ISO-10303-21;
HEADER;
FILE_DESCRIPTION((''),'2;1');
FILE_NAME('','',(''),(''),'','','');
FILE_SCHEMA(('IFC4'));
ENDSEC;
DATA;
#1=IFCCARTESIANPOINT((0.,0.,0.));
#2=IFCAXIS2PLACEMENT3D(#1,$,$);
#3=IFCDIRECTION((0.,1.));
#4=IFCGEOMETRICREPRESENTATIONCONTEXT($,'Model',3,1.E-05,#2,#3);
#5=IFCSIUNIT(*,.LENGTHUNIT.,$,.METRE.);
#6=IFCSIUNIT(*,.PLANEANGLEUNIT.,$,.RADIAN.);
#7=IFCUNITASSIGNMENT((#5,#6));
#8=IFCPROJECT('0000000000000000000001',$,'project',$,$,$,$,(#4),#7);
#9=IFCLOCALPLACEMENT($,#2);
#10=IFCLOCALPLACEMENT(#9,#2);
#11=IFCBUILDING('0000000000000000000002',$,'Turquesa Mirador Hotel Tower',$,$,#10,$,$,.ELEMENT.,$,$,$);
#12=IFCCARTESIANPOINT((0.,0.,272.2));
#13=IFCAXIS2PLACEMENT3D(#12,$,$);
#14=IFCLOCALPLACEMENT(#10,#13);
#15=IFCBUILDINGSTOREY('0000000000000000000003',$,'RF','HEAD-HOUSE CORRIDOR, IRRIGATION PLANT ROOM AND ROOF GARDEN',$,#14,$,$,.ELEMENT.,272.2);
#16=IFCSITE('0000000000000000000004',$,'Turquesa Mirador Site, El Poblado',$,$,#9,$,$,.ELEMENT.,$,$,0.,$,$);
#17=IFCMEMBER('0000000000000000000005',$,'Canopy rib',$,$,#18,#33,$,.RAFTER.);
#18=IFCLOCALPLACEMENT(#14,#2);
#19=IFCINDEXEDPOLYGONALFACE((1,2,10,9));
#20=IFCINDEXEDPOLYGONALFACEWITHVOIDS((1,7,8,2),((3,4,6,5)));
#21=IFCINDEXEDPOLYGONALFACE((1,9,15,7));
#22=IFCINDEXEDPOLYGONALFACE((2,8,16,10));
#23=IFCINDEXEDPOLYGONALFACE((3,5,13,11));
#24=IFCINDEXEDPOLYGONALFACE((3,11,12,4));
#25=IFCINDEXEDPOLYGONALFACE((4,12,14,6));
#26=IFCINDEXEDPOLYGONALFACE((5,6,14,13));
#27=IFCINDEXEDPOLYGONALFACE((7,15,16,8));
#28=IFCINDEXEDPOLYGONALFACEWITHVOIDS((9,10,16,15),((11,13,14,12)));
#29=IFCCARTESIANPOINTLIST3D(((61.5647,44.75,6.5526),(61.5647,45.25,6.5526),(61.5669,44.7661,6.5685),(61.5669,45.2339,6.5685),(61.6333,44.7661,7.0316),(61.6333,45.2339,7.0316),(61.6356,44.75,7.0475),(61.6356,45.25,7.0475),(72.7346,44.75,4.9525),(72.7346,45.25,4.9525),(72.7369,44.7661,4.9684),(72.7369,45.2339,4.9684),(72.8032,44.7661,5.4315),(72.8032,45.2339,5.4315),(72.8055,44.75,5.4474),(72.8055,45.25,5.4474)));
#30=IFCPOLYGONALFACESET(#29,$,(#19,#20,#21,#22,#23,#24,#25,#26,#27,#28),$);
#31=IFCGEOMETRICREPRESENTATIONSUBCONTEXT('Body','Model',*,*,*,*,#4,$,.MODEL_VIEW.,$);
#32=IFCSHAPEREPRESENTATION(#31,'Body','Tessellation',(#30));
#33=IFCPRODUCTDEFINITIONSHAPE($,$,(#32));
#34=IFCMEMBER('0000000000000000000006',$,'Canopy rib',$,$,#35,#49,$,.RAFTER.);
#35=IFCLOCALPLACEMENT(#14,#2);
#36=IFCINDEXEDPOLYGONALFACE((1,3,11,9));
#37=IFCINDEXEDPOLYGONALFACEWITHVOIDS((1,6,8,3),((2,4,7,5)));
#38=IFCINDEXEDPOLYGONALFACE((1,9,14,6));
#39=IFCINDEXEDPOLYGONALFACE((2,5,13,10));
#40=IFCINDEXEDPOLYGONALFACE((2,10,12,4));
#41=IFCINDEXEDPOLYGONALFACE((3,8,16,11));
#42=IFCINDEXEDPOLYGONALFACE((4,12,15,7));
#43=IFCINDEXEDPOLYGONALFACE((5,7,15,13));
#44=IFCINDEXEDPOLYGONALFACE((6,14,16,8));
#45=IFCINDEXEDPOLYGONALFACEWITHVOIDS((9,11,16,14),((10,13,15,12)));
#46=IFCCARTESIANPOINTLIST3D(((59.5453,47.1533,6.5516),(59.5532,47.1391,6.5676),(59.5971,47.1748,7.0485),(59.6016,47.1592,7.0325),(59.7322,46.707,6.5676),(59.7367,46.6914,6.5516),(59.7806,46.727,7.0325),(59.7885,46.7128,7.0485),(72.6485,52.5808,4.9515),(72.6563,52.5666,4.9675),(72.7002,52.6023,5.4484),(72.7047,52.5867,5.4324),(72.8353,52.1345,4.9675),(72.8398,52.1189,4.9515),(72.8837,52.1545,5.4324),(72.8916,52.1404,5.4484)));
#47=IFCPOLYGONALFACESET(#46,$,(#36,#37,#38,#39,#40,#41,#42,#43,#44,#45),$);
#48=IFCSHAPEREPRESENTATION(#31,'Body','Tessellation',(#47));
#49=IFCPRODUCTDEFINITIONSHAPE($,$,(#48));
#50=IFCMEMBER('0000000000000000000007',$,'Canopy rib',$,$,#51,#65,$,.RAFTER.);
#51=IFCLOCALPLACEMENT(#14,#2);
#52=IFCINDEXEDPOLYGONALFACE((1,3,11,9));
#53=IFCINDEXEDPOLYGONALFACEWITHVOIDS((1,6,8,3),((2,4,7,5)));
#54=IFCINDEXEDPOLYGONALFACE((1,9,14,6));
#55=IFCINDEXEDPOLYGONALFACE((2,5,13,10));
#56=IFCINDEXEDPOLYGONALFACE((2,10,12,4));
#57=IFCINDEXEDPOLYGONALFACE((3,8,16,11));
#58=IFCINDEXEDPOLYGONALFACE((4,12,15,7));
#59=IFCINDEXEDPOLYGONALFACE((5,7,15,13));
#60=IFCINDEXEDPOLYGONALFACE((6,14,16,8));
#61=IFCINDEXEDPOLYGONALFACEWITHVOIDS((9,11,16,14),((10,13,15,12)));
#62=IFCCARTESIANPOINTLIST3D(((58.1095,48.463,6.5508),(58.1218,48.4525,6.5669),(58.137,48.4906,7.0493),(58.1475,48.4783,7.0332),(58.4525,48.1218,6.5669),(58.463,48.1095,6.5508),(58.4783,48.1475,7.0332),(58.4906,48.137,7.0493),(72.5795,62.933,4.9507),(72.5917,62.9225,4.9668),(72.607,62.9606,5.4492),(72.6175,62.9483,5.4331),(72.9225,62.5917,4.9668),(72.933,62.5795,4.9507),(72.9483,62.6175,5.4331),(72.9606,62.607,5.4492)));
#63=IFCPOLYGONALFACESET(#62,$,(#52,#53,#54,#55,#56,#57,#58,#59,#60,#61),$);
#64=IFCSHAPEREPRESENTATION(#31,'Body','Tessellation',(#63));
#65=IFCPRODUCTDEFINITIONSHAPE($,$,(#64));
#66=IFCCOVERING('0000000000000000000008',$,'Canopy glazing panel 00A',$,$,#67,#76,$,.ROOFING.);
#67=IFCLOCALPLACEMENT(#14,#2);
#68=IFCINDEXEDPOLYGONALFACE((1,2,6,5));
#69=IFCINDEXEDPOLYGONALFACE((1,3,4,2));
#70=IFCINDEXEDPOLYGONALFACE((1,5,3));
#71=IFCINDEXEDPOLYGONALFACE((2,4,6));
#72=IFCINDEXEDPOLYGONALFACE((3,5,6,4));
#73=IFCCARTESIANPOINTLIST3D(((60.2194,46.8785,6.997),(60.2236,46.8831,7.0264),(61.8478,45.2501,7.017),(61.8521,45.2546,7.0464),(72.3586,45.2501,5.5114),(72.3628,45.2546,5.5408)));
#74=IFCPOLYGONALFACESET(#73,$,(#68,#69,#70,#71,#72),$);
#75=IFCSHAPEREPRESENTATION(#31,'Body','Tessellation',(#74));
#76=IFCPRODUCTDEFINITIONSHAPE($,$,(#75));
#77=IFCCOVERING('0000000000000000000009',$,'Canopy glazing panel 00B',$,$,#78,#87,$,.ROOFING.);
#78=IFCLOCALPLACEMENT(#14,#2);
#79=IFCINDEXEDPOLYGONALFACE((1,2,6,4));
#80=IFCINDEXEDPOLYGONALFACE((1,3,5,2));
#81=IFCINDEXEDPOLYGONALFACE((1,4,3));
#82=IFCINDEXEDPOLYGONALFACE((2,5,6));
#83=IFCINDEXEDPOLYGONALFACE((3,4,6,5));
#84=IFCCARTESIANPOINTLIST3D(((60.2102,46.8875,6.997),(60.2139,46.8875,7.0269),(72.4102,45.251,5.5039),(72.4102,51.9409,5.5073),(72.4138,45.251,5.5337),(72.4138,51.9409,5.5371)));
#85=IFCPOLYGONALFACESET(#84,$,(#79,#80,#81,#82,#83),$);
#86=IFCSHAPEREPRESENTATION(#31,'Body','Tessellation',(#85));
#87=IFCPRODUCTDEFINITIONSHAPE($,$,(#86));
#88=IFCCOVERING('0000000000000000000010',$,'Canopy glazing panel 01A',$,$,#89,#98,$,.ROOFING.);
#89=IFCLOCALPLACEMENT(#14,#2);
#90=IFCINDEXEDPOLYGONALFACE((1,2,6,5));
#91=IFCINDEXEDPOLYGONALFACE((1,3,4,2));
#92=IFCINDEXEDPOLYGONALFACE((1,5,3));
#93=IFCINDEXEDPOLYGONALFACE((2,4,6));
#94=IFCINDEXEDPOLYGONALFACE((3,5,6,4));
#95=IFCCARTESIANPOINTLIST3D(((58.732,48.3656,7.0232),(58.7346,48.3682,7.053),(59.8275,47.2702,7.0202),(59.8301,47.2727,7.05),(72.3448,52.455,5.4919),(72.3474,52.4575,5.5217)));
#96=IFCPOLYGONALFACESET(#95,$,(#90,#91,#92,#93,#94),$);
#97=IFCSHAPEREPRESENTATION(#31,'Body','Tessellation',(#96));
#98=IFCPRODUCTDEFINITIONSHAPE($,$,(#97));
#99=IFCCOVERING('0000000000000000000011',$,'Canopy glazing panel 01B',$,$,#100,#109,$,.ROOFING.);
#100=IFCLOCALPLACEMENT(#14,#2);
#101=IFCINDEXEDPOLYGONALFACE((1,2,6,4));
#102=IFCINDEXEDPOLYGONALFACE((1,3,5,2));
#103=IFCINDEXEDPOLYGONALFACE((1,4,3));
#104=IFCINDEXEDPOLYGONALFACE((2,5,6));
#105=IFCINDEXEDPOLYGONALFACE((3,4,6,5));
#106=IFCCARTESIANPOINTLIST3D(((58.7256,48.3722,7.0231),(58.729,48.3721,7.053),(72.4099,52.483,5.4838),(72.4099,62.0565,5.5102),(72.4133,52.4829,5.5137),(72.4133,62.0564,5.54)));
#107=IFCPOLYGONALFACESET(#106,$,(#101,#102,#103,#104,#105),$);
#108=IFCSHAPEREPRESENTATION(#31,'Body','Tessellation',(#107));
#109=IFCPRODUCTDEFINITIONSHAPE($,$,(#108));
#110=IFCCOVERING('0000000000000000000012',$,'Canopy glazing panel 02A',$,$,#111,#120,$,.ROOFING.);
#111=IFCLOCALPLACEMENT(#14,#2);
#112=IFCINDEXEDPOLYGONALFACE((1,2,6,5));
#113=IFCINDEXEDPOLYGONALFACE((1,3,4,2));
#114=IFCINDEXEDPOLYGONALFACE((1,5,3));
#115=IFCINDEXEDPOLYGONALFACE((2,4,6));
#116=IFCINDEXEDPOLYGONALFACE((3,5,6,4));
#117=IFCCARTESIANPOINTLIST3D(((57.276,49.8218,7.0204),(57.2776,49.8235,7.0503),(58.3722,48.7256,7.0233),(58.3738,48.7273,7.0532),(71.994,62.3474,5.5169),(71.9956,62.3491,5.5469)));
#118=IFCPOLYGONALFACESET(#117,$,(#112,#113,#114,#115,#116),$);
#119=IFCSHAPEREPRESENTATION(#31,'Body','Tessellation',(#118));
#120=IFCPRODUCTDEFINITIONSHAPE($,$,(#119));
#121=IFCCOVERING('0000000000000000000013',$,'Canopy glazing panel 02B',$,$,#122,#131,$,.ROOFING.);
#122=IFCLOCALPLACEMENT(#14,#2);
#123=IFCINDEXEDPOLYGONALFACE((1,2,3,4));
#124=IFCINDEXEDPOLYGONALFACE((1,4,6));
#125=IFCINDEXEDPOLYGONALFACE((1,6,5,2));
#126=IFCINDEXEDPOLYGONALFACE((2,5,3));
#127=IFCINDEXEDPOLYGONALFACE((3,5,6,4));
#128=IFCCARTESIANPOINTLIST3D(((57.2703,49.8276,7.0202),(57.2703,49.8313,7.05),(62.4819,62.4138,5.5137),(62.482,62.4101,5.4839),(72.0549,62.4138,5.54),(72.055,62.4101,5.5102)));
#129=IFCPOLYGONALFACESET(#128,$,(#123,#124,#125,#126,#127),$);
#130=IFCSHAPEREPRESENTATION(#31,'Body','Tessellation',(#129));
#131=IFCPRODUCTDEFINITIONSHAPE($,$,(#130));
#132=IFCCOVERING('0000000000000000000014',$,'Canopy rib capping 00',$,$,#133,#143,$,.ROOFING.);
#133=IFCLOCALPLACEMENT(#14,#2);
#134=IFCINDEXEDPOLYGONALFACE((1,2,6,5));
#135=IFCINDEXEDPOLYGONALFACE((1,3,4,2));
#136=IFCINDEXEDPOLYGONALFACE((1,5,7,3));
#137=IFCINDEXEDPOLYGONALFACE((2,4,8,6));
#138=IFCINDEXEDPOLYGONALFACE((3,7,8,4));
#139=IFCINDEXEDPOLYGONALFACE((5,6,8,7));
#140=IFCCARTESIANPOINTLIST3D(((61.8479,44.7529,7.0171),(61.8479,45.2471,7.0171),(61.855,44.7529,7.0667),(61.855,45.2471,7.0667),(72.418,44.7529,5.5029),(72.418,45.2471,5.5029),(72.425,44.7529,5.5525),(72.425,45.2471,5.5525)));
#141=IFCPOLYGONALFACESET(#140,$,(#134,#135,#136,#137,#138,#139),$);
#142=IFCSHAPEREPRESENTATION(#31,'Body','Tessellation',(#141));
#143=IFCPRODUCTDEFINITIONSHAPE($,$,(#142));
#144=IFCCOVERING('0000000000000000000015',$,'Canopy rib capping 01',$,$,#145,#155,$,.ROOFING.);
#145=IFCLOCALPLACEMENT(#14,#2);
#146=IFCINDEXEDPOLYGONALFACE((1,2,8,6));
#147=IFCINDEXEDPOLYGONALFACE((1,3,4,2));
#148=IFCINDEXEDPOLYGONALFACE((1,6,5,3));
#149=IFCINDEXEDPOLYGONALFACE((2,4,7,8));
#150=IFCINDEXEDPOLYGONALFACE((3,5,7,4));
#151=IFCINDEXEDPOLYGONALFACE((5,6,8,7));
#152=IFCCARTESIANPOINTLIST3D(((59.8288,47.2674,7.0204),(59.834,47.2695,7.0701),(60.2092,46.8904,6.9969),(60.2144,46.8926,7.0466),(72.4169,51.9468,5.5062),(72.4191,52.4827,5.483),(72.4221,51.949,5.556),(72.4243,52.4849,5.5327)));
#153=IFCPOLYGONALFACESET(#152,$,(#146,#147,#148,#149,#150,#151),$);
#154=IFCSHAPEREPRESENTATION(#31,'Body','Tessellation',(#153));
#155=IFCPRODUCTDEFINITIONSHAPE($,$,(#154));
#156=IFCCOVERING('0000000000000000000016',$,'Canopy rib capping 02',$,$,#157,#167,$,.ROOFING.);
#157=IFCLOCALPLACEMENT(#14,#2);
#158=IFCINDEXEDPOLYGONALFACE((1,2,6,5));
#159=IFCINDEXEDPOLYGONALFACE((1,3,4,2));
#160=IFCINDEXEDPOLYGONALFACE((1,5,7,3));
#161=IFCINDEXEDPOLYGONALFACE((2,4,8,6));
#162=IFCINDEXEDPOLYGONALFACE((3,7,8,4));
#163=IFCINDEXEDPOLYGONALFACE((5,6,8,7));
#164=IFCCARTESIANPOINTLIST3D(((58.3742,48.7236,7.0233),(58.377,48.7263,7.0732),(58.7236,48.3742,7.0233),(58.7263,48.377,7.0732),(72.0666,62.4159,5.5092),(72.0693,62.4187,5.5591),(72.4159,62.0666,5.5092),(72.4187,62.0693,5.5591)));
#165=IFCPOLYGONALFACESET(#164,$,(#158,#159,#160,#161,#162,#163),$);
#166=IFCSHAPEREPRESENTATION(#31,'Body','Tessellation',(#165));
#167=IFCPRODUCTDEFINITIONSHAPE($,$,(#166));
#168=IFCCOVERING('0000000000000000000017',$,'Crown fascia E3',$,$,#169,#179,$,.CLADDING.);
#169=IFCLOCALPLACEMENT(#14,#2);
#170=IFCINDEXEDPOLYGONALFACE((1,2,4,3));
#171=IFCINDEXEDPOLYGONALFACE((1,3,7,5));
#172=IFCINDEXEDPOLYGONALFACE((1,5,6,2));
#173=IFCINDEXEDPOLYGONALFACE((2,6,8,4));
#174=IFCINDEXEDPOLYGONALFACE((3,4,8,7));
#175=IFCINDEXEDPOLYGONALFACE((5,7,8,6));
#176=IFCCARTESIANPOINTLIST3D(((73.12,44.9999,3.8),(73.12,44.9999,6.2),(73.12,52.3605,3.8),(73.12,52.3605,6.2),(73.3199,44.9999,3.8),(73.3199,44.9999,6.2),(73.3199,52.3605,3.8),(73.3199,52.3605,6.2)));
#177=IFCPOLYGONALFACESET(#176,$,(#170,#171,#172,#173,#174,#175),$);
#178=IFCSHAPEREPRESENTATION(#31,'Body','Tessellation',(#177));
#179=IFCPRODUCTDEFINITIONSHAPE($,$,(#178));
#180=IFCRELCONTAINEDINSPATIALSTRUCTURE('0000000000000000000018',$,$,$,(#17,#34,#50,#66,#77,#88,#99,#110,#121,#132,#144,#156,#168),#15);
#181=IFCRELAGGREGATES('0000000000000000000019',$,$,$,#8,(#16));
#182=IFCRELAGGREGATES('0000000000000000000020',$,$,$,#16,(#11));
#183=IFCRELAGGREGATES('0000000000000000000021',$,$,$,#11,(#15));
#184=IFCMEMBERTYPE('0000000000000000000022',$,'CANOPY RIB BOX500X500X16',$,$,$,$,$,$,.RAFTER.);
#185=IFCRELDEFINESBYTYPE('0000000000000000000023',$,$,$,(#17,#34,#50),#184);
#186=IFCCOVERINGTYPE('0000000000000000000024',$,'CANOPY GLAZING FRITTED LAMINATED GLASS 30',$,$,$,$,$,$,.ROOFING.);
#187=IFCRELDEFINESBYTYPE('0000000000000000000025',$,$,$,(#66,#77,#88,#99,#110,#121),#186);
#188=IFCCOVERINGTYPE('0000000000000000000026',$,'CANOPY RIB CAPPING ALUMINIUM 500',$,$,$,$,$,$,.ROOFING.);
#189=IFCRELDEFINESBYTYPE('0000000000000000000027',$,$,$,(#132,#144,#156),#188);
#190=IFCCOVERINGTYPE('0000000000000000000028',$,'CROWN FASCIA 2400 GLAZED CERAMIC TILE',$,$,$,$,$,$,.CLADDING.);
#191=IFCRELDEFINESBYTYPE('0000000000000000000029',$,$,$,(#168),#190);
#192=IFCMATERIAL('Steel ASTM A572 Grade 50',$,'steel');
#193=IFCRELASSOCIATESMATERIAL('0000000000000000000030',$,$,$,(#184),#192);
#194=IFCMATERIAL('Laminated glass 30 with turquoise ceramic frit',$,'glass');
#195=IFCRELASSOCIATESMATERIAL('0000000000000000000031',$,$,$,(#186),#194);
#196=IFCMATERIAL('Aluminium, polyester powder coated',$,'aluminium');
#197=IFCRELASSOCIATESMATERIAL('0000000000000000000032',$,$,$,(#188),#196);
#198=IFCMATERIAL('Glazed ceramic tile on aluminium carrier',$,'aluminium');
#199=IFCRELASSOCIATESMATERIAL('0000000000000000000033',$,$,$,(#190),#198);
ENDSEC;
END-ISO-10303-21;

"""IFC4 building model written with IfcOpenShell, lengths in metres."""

from ifc_helpers import new_model, si_unit, direction, frame, origin, origin_2d, place, context, subcontext, project, spatial, polyline, rectangle, hollow_rectangle, outline, extrude, material, material_profile, profile_set, type_object, element, save


model = new_model("IFC4")

# Units and contexts
model_context = context("Model", 3, precision=1e-05, world=origin(), true_north=direction((0.0, 1.0)))
body_context = subcontext(model_context, "Body", "Model", "MODEL_VIEW")
ifc_project = project(units=[si_unit("LENGTHUNIT", "METRE"), si_unit("PLANEANGLEUNIT", "RADIAN")], contexts=[model_context])

# Site, building, storey
site_placement = place(None, origin())
site = spatial("IfcSite", under=ifc_project, at=site_placement, Name="Turquesa Mirador Site, El Poblado", CompositionType="ELEMENT", RefElevation=0.0)
building_placement = place(site_placement, origin())
building = spatial("IfcBuilding", under=site, at=building_placement, Name="Turquesa Mirador Hotel Tower", CompositionType="ELEMENT")
storey_placement = place(building_placement, frame((0.0, 0.0, 272.2)))
storey = spatial("IfcBuildingStorey", under=building, at=storey_placement, Name="RF", Description="HEAD-HOUSE CORRIDOR, IRRIGATION PLANT ROOM AND ROOF GARDEN", CompositionType="ELEMENT", Elevation=272.2)

# Members
ifc_material_1 = material(Name="Steel ASTM A572 Grade 50", Category="steel")
ifc_material_profile_1 = material_profile(ifc_material_1, hollow_rectangle(XDim=0.5, YDim=0.5, WallThickness=0.0161, at=origin_2d()), Name="BOX500X500X16")
ifc_profile_set_1 = profile_set([ifc_material_profile_1], Name="Steel ASTM A572 Grade 50")
member_type_1 = type_object("IfcMemberType", Name="CANOPY RIB BOX500X500X16", PredefinedType="RAFTER", material=ifc_profile_set_1)
member_1_placement = place(storey_placement, frame((72.77, 45.0, 5.2), z_axis=(-0.989895, 0.0, 0.141803), x_axis=(0.0, -1.0, 0.0)))
element("IfcMember", 1, at=member_1_placement, inside=storey, type_object=member_type_1, Name="Canopy rib", PredefinedType="RAFTER", context=body_context, shape_type="SweptSolid", body=[
    extrude(hollow_rectangle(XDim=0.5, YDim=0.5, WallThickness=0.0161, at=origin_2d()), origin(), (0.0, 0.0, 1.0), 11.2839),
])
member_2_placement = place(storey_placement, frame((72.77, 52.3606, 5.2), z_axis=(-0.918054, -0.380273, 0.11211), x_axis=(0.382686, -0.923879, 0.0)))
element("IfcMember", 2, at=member_2_placement, inside=storey, type_object=member_type_1, Name="Canopy rib", PredefinedType="RAFTER", context=body_context, shape_type="SweptSolid", body=[
    extrude(hollow_rectangle(XDim=0.5, YDim=0.5, WallThickness=0.0161, at=origin_2d()), origin(), (0.0, 0.0, 1.0), 14.2727),
])
member_3_placement = place(storey_placement, frame((72.77, 62.77, 5.2), z_axis=(-0.704955, -0.704955, 0.077954), x_axis=(0.707107, -0.707107, 0.0)))
element("IfcMember", 3, at=member_3_placement, inside=storey, type_object=member_type_1, Name="Canopy rib", PredefinedType="RAFTER", context=body_context, shape_type="SweptSolid", body=[
    extrude(hollow_rectangle(XDim=0.5, YDim=0.5, WallThickness=0.0161, at=origin_2d()), origin(), (0.0, 0.0, 1.0), 20.5261),
])

# Coverings
ifc_material_2 = material(Name="Laminated glass 30 with turquoise ceramic frit", Category="glass")
covering_type_1 = type_object("IfcCoveringType", Name="CANOPY GLAZING FRITTED LAMINATED GLASS 30", PredefinedType="ROOFING", material=ifc_material_2)
covering_1_placement = place(storey_placement, frame((72.3628, 45.2546, 5.5408), z_axis=(0.140147, 0.152174, 0.978367), x_axis=(-0.989896, 0.0, 0.141798)))
element("IfcCovering", 4, at=covering_1_placement, inside=storey, type_object=covering_type_1, Name="Canopy glazing panel 00A", PredefinedType="ROOFING", context=body_context, shape_type="SweptSolid", body=[
    extrude(outline(polyline([(0.0, 0.0), (10.618, 0.0), (12.2272, -1.6476), (0.0, 0.0)])), origin(), (0.0, 0.0, -1.0), 0.03),
])
covering_2_placement = place(storey_placement, frame((72.4138, 45.251, 5.5337), z_axis=(0.121417, -0.000507, 0.992601), x_axis=(-0.983911, 0.13198, 0.120422)))
element("IfcCovering", 5, at=covering_2_placement, inside=storey, type_object=covering_type_1, Name="Canopy glazing panel 00B", PredefinedType="ROOFING", context=body_context, shape_type="SweptSolid", body=[
    extrude(outline(polyline([(0.0, 0.0), (12.3995, 0.0), (0.8833, -6.6314), (0.0, 0.0)])), origin(), (0.0, 0.0, -1.0), 0.03),
])
covering_3_placement = place(storey_placement, frame((72.3474, 52.4575, 5.5217), z_axis=(0.086484, 0.083829, 0.99272), x_axis=(-0.918058, -0.38027, 0.112092)))
element("IfcCovering", 6, at=covering_3_placement, inside=storey, type_object=covering_type_1, Name="Canopy glazing panel 01A", PredefinedType="ROOFING", context=body_context, shape_type="SweptSolid", body=[
    extrude(outline(polyline([(0.0, 0.0), (13.6346, 0.0), (14.224, -1.4327), (0.0, 0.0)])), origin(), (0.0, 0.0, -1.0), 0.03),
])
covering_4_placement = place(storey_placement, frame((72.4133, 52.4829, 5.5137), z_axis=(0.112593, -0.002737, 0.993637), x_axis=(-0.95221, -0.286049, 0.107111)))
element("IfcCovering", 7, at=covering_4_placement, inside=storey, type_object=covering_type_1, Name="Canopy glazing panel 01B", PredefinedType="ROOFING", context=body_context, shape_type="SweptSolid", body=[
    extrude(outline(polyline([(0.0, 0.0), (14.3711, 0.0), (-2.7357, -9.1743), (0.0, 0.0)])), origin(), (0.0, 0.0, -1.0), 0.03),
])
covering_5_placement = place(storey_placement, frame((71.9956, 62.3491, 5.5469), z_axis=(0.053791, 0.056456, 0.996955), x_axis=(-0.704955, -0.704955, 0.077956)))
element("IfcCovering", 8, at=covering_5_placement, inside=storey, type_object=covering_type_1, Name="Canopy glazing panel 02A", PredefinedType="ROOFING", context=body_context, shape_type="SweptSolid", body=[
    extrude(outline(polyline([(0.0, 0.0), (19.323, 0.0), (19.3227, -1.5503), (0.0, 0.0)])), origin(), (0.0, 0.0, -1.0), 0.03),
])
covering_6_placement = place(storey_placement, frame((72.0549, 62.4138, 5.54), z_axis=(-0.002734, 0.122319, 0.992487), x_axis=(-0.759251, -0.646162, 0.077545)))
element("IfcCovering", 9, at=covering_6_placement, inside=storey, type_object=covering_type_1, Name="Canopy glazing panel 02B", PredefinedType="ROOFING", context=body_context, shape_type="SweptSolid", body=[
    extrude(outline(polyline([(0.0, 0.0), (19.4727, 0.0), (7.2663, -6.2325), (0.0, 0.0)])), origin(), (0.0, 0.0, -1.0), 0.03),
])
ifc_material_3 = material(Name="Aluminium, polyester powder coated", Category="aluminium")
covering_type_2 = type_object("IfcCoveringType", Name="CANOPY RIB CAPPING ALUMINIUM 500", PredefinedType="ROOFING", material=ifc_material_3)
covering_7_placement = place(storey_placement, frame((72.425, 45.2471, 5.5525), z_axis=(0.141802, 0.0, 0.989895), x_axis=(-0.989895, 0.0, 0.141802)))
element("IfcCovering", 10, at=covering_7_placement, inside=storey, type_object=covering_type_2, Name="Canopy rib capping 00", PredefinedType="ROOFING", context=body_context, shape_type="SweptSolid", body=[
    extrude(outline(polyline([(0.0, 0.0), (10.678, 0.0), (10.678, 0.4941), (0.0, 0.4941), (0.0, 0.0)])), origin(), (0.0, 0.0, -1.0), 0.05),
])
covering_8_placement = place(storey_placement, frame((72.4243, 52.4849, 5.5327), z_axis=(0.103661, 0.042679, 0.993697), x_axis=(-0.91805, -0.380287, 0.112103)))
element("IfcCovering", 11, at=covering_8_placement, inside=storey, type_object=covering_type_2, Name="Canopy rib capping 01", PredefinedType="ROOFING", context=body_context, shape_type="SweptSolid", body=[
    extrude(outline(polyline([(0.0, 0.0), (13.7142, 0.0), (13.5057, 0.4938), (0.2084, 0.4943), (0.0, 0.0)])), origin(), (0.0, 0.0, -1.0), 0.05),
])
covering_9_placement = place(storey_placement, frame((72.0693, 62.4187, 5.5591), z_axis=(0.055124, 0.055124, 0.996957), x_axis=(-0.704955, -0.704955, 0.077957)))
element("IfcCovering", 12, at=covering_9_placement, inside=storey, type_object=covering_type_2, Name="Canopy rib capping 02", PredefinedType="ROOFING", context=body_context, shape_type="SweptSolid", body=[
    extrude(outline(polyline([(0.0, 0.0), (19.4231, 0.0), (19.4231, 0.4941), (0.0, 0.4941), (0.0, 0.0)])), origin(), (0.0, 0.0, -1.0), 0.05),
])
ifc_material_4 = material(Name="Glazed ceramic tile on aluminium carrier", Category="aluminium")
covering_type_3 = type_object("IfcCoveringType", Name="CROWN FASCIA 2400 GLAZED CERAMIC TILE", PredefinedType="CLADDING", material=ifc_material_4)
covering_10_placement = place(storey_placement, frame((73.22, 48.6802, 3.8), z_axis=(0.0, 0.0, 1.0), x_axis=(1.0, 0.0, 0.0)))
element("IfcCovering", 13, at=covering_10_placement, inside=storey, type_object=covering_type_3, Name="Crown fascia E3", PredefinedType="CLADDING", context=body_context, shape_type="SweptSolid", body=[
    extrude(rectangle(XDim=0.2, YDim=7.3606, at=origin_2d()), origin(), (0.0, 0.0, 1.0), 2.3999),
])

save(model, "model.ifc")
